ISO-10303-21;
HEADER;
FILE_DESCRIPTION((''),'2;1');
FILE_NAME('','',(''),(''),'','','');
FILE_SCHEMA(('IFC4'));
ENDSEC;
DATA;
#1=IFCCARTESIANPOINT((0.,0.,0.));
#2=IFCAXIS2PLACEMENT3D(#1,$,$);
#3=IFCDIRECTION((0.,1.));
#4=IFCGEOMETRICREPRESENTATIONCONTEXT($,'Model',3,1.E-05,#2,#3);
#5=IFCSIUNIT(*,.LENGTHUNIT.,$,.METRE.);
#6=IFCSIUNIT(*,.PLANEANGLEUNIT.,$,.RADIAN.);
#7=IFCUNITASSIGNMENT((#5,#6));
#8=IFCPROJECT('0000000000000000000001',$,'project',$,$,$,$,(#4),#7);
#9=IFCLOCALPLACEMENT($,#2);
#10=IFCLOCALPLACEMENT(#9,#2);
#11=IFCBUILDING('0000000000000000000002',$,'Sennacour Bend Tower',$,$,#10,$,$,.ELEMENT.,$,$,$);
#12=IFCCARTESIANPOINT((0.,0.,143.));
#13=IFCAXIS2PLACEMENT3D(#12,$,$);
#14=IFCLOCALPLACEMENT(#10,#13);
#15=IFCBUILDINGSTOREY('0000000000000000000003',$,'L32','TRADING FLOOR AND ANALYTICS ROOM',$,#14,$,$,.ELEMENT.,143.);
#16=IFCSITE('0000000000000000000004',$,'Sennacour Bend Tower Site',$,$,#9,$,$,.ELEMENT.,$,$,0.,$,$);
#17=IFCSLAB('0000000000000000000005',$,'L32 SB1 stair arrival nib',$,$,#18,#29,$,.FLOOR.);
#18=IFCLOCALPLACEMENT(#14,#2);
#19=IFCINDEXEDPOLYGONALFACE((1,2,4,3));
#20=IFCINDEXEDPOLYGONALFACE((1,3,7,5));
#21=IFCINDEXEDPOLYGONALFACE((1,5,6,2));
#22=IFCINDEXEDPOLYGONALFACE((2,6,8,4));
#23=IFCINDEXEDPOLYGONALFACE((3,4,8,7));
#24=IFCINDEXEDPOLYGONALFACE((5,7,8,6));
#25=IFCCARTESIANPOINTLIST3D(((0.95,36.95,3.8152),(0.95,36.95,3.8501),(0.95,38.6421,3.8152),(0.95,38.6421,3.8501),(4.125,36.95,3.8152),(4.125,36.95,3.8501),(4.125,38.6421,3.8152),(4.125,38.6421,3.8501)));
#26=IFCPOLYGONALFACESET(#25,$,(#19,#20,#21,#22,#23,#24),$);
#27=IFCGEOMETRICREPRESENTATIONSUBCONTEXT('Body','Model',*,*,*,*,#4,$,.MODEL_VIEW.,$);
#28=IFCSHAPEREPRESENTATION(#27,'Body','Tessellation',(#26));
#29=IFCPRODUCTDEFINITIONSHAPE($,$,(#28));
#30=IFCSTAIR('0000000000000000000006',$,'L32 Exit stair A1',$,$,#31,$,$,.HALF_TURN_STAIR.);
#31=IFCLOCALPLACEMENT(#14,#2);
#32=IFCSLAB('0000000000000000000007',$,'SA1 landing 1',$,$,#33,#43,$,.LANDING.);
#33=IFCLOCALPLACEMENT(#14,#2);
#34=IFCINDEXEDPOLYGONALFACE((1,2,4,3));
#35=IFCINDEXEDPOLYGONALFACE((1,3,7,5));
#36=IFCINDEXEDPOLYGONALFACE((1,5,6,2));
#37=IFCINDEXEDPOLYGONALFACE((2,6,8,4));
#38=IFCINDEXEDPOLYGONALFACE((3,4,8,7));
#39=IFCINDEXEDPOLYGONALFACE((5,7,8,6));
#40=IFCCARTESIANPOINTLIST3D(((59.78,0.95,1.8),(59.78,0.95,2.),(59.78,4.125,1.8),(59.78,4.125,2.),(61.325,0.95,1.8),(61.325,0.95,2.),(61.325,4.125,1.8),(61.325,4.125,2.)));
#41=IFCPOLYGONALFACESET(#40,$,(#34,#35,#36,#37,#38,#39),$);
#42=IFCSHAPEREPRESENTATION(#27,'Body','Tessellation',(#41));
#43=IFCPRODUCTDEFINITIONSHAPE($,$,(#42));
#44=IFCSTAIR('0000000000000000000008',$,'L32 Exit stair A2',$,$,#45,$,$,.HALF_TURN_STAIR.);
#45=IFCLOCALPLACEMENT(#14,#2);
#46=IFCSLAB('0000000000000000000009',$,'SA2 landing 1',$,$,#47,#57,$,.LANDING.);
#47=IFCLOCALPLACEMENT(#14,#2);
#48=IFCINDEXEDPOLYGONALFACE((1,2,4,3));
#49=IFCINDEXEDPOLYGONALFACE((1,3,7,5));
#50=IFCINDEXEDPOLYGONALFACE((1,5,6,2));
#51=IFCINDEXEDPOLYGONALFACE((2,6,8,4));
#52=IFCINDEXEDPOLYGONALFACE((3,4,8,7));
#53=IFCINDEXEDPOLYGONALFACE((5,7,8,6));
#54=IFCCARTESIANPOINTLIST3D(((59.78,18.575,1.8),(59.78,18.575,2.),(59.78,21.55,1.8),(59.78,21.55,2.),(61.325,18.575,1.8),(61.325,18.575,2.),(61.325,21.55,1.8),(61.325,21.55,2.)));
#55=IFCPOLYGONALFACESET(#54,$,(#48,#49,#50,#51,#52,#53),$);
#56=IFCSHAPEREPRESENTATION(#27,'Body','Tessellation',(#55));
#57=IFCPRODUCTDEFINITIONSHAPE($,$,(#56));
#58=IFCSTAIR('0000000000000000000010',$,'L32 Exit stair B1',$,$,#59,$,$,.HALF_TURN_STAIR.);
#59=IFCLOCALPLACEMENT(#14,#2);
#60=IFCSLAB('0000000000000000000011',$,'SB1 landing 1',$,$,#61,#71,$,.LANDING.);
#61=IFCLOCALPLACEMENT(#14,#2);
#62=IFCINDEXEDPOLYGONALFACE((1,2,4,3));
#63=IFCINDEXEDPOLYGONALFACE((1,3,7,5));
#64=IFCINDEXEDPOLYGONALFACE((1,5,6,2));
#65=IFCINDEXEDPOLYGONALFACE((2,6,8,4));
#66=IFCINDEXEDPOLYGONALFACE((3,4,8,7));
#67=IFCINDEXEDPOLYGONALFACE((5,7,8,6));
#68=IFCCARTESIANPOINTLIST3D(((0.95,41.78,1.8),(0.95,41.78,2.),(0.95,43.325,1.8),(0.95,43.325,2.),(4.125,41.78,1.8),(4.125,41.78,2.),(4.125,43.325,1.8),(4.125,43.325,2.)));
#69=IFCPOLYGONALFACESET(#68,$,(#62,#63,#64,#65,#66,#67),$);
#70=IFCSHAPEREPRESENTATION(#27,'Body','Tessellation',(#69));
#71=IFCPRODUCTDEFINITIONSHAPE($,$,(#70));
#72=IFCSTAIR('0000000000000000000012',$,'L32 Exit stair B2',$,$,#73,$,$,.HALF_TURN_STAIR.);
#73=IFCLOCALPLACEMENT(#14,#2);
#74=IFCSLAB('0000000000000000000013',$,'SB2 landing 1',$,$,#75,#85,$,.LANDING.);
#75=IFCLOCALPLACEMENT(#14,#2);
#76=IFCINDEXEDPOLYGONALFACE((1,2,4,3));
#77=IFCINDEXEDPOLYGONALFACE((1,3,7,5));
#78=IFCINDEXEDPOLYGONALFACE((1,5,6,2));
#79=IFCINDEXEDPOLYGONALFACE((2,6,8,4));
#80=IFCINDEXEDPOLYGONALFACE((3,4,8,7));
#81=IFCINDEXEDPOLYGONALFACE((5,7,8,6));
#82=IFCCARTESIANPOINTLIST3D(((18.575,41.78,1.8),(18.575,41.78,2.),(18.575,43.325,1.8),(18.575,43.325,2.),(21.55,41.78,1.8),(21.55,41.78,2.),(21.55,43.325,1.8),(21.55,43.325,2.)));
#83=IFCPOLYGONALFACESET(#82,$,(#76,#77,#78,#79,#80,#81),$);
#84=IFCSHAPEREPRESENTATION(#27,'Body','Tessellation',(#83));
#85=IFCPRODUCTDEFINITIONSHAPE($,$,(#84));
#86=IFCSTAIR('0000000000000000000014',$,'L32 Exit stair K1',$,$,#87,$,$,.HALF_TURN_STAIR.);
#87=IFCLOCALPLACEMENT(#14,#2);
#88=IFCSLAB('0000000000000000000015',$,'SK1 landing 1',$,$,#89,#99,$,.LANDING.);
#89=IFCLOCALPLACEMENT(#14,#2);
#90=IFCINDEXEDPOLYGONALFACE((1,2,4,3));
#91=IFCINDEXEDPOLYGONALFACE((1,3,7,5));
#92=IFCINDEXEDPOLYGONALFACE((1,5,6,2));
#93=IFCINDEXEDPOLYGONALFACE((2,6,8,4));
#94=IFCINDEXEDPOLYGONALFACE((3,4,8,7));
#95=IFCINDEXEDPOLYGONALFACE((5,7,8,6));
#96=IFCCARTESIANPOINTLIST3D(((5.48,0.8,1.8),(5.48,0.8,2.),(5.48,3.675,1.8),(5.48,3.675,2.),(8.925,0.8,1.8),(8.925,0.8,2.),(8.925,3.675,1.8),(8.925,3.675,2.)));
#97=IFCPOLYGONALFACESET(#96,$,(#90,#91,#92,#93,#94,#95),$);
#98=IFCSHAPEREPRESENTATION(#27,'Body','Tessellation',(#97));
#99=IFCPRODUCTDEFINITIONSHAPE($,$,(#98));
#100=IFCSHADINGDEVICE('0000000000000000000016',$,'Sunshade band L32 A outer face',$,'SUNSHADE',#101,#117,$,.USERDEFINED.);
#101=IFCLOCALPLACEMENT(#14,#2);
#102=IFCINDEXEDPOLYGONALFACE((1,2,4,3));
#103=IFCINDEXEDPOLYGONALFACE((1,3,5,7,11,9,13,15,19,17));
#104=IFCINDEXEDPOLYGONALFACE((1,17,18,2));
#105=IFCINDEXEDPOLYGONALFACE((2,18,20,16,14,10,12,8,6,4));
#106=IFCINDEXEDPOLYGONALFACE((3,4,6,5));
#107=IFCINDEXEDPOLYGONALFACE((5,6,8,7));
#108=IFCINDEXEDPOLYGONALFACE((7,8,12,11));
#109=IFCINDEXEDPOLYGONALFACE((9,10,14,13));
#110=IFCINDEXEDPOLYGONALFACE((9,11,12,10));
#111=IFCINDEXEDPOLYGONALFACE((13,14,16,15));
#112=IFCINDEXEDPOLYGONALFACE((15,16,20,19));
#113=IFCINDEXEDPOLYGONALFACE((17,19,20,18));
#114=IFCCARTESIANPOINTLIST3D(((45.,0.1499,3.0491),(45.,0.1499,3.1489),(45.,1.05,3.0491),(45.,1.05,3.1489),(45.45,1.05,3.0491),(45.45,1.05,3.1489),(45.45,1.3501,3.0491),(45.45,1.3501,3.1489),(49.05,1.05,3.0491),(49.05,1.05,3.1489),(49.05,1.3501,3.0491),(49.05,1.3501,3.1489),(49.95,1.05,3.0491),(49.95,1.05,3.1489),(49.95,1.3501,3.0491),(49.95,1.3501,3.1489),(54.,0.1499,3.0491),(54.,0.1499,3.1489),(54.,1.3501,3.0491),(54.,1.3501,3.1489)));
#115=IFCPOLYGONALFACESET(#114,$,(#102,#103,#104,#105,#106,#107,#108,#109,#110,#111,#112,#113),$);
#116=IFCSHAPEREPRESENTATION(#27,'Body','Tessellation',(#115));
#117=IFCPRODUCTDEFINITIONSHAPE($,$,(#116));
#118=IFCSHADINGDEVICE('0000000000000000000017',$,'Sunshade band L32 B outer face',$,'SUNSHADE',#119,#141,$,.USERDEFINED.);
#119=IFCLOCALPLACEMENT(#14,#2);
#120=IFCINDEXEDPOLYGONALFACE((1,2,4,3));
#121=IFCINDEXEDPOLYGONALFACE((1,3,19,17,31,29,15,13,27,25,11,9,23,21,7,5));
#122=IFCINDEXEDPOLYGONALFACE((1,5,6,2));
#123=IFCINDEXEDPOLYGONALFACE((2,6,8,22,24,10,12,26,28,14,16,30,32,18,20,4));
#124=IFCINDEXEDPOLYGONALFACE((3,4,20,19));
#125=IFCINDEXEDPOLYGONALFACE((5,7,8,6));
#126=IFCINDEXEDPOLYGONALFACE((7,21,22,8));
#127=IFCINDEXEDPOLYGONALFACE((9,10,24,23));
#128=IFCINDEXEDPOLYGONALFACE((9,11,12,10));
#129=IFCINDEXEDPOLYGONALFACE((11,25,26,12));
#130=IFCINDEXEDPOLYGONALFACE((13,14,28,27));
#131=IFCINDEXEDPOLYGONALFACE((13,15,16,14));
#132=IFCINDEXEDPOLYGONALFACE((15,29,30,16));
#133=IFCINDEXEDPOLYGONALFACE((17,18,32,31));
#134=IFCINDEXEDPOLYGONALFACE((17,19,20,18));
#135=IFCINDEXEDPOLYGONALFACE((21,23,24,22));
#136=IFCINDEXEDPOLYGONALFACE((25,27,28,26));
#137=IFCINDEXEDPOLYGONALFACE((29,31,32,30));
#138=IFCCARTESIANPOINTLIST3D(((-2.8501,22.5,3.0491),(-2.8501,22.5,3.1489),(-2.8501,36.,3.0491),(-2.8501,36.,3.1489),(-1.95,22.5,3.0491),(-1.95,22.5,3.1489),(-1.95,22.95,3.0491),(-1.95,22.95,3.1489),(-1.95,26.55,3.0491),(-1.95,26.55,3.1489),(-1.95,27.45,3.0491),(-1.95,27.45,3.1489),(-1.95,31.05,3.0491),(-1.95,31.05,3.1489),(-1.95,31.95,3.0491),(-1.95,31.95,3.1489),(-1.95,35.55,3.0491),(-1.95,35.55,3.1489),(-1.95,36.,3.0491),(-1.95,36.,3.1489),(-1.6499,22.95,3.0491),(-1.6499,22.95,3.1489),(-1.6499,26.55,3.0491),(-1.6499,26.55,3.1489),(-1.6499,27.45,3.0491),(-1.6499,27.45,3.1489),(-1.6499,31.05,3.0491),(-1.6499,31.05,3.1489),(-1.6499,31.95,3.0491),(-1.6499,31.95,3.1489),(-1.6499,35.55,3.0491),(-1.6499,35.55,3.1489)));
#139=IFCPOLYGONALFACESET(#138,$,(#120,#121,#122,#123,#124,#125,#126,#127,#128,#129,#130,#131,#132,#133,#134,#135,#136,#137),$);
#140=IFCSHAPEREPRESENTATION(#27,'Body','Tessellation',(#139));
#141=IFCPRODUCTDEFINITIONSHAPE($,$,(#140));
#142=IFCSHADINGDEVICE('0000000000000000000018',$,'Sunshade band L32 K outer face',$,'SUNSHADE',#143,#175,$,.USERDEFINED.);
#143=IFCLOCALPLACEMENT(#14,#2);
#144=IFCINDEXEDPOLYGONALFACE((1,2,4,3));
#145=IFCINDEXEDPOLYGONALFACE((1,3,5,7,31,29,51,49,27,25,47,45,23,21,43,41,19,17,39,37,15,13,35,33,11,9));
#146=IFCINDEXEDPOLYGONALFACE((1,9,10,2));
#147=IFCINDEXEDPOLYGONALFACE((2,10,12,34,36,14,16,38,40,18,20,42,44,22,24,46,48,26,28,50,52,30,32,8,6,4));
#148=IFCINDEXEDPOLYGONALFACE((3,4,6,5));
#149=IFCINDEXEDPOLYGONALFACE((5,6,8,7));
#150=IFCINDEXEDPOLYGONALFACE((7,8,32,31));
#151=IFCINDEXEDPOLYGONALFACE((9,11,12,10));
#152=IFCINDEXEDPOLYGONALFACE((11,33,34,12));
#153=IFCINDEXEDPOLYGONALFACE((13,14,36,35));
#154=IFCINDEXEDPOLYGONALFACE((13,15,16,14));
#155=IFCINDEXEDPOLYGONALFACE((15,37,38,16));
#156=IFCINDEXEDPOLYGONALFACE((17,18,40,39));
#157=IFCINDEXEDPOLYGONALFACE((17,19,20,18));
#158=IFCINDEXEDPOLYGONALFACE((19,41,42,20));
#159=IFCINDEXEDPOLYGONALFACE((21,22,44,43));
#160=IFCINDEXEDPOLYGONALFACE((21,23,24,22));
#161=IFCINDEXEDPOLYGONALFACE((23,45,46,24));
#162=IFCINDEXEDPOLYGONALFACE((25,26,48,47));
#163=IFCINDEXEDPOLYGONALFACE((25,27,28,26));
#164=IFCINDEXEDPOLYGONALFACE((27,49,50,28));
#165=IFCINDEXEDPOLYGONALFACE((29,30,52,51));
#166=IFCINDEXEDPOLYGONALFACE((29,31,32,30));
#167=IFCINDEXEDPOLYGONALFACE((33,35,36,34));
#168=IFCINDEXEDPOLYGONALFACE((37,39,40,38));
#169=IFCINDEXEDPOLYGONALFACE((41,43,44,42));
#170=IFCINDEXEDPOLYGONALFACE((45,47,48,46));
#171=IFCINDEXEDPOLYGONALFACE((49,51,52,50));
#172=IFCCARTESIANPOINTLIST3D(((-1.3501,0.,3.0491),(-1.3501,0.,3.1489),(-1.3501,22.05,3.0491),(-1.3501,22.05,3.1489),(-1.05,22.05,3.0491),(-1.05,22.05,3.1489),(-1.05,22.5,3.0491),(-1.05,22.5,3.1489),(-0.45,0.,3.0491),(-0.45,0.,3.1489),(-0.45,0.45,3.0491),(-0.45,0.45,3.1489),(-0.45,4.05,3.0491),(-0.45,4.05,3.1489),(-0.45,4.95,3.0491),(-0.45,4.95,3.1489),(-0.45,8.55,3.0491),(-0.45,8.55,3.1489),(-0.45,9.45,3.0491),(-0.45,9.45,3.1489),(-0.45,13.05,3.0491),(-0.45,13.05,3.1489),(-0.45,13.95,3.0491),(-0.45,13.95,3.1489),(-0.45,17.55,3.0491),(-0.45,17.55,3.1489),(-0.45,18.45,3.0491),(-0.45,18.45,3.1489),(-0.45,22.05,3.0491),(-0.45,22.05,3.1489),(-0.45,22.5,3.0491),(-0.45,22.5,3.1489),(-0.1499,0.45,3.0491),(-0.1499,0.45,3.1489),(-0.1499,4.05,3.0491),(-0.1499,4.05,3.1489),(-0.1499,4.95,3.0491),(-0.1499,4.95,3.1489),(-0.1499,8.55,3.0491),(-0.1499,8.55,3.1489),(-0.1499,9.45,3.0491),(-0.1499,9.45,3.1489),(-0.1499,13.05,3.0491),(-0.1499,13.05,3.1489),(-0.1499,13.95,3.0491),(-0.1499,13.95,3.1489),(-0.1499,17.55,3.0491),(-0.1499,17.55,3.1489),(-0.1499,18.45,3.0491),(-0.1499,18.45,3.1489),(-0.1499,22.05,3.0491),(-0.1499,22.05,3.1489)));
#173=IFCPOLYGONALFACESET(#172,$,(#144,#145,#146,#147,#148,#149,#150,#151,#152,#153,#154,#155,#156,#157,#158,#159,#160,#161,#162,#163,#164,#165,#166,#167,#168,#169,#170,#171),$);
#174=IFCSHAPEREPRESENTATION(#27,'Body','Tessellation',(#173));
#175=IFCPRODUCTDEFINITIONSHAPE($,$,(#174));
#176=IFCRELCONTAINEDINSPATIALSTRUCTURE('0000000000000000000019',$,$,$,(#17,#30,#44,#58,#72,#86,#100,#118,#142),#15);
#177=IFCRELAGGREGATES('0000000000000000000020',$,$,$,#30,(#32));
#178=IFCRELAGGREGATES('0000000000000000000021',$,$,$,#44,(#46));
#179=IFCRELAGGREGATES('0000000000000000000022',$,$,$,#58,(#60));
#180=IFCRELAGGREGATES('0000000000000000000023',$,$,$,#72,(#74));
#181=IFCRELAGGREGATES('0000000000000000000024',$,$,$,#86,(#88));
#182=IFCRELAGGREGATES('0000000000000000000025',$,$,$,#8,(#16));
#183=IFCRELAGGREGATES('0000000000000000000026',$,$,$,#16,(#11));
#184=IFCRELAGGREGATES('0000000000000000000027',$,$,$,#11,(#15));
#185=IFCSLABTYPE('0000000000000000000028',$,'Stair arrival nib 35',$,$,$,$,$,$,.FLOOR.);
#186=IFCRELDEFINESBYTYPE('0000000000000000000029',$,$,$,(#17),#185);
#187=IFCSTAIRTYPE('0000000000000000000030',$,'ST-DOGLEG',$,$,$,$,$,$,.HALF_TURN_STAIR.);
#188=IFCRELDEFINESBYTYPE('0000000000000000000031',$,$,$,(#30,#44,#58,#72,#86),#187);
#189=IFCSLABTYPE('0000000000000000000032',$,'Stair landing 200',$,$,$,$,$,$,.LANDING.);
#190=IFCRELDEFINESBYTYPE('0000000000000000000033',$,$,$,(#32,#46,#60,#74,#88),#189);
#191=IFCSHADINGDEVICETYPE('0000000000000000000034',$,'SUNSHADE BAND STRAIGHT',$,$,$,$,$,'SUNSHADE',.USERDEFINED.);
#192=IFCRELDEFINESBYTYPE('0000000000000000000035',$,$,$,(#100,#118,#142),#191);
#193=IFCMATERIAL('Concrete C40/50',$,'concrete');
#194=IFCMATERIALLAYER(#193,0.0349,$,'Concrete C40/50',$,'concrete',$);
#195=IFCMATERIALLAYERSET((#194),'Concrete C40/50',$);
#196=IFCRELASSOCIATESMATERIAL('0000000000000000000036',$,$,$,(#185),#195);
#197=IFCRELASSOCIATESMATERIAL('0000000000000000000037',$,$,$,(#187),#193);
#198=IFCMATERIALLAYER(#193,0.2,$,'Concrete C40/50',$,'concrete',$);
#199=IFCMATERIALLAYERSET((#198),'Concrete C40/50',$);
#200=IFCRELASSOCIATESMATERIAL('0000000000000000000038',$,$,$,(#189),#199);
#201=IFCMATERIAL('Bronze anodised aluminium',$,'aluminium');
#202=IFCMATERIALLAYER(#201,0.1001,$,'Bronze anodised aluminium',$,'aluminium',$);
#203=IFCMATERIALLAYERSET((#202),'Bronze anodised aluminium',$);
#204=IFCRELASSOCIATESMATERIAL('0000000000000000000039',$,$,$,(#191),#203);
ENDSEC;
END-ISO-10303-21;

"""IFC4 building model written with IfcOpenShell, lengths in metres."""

from ifc_helpers import new_model, si_unit, direction, frame, origin, place, context, subcontext, project, spatial, polyline, outline, extrude, material, layer, layer_set, type_object, element, aggregate, save


model = new_model("IFC4")

# Units and contexts
model_context = context("Model", 3, precision=1e-05, world=origin(), true_north=direction((0.0, 1.0)))
body_context = subcontext(model_context, "Body", "Model", "MODEL_VIEW")
ifc_project = project(units=[si_unit("LENGTHUNIT", "METRE"), si_unit("PLANEANGLEUNIT", "RADIAN")], contexts=[model_context])

# Site, building, storey
site_placement = place(None, origin())
site = spatial("IfcSite", under=ifc_project, at=site_placement, Name="Sennacour Bend Tower Site", CompositionType="ELEMENT", RefElevation=0.0)
building_placement = place(site_placement, origin())
building = spatial("IfcBuilding", under=site, at=building_placement, Name="Sennacour Bend Tower", CompositionType="ELEMENT")
storey_placement = place(building_placement, frame((0.0, 0.0, 143.0)))
storey = spatial("IfcBuildingStorey", under=building, at=storey_placement, Name="L32", Description="TRADING FLOOR AND ANALYTICS ROOM", CompositionType="ELEMENT", Elevation=143.0)

# Slab
ifc_material_1 = material(Name="Concrete C40/50", Category="concrete")
ifc_layer_1 = layer(ifc_material_1, 0.0349, Name="Concrete C40/50", Category="concrete")
ifc_layer_set_1 = layer_set([ifc_layer_1], Name="Concrete C40/50")
slab_type_1 = type_object("IfcSlabType", Name="Stair arrival nib 35", PredefinedType="FLOOR", material=ifc_layer_set_1)
slab_1_placement = place(storey_placement, frame((0.0, 0.0, 3.8152)))
element("IfcSlab", 1, at=slab_1_placement, inside=storey, type_object=slab_type_1, Name="L32 SB1 stair arrival nib", PredefinedType="FLOOR", context=body_context, shape_type="SweptSolid", body=[
    extrude(outline(polyline([(0.95, 38.6421), (0.95, 36.95), (4.125, 36.95), (4.125, 38.6421), (0.95, 38.6421)])), origin(), (0.0, 0.0, 1.0), 0.0349),
])

# Stairs, slabs
stair_type = type_object("IfcStairType", Name="ST-DOGLEG", PredefinedType="HALF_TURN_STAIR", material=ifc_material_1)
stair_1_placement = place(storey_placement, origin())
stair_1 = element("IfcStair", 2, at=stair_1_placement, inside=storey, type_object=stair_type, Name="L32 Exit stair A1", PredefinedType="HALF_TURN_STAIR")
ifc_layer_2 = layer(ifc_material_1, 0.2, Name="Concrete C40/50", Category="concrete")
ifc_layer_set_2 = layer_set([ifc_layer_2], Name="Concrete C40/50")
slab_type_2 = type_object("IfcSlabType", Name="Stair landing 200", PredefinedType="LANDING", material=ifc_layer_set_2)
slab_2_placement = place(storey_placement, frame((0.0, 0.0, 1.8)))
slab_2 = element("IfcSlab", 3, at=slab_2_placement, type_object=slab_type_2, Name="SA1 landing 1", PredefinedType="LANDING", context=body_context, shape_type="SweptSolid", body=[
    extrude(outline(polyline([(59.78, 0.95), (61.325, 0.95), (61.325, 4.125), (59.78, 4.125), (59.78, 0.95)])), origin(), (0.0, 0.0, 1.0), 0.2),
])
aggregate(stair_1, [slab_2])
stair_2_placement = place(storey_placement, origin())
stair_2 = element("IfcStair", 4, at=stair_2_placement, inside=storey, type_object=stair_type, Name="L32 Exit stair A2", PredefinedType="HALF_TURN_STAIR")
slab_3_placement = place(storey_placement, frame((0.0, 0.0, 1.8)))
slab_3 = element("IfcSlab", 5, at=slab_3_placement, type_object=slab_type_2, Name="SA2 landing 1", PredefinedType="LANDING", context=body_context, shape_type="SweptSolid", body=[
    extrude(outline(polyline([(59.78, 18.575), (61.325, 18.575), (61.325, 21.55), (59.78, 21.55), (59.78, 18.575)])), origin(), (0.0, 0.0, 1.0), 0.2),
])
aggregate(stair_2, [slab_3])
stair_3_placement = place(storey_placement, origin())
stair_3 = element("IfcStair", 6, at=stair_3_placement, inside=storey, type_object=stair_type, Name="L32 Exit stair B1", PredefinedType="HALF_TURN_STAIR")
slab_4_placement = place(storey_placement, frame((0.0, 0.0, 1.8)))
slab_4 = element("IfcSlab", 7, at=slab_4_placement, type_object=slab_type_2, Name="SB1 landing 1", PredefinedType="LANDING", context=body_context, shape_type="SweptSolid", body=[
    extrude(outline(polyline([(0.95, 41.78), (4.125, 41.78), (4.125, 43.325), (0.95, 43.325), (0.95, 41.78)])), origin(), (0.0, 0.0, 1.0), 0.2),
])
aggregate(stair_3, [slab_4])
stair_4_placement = place(storey_placement, origin())
stair_4 = element("IfcStair", 8, at=stair_4_placement, inside=storey, type_object=stair_type, Name="L32 Exit stair B2", PredefinedType="HALF_TURN_STAIR")
slab_5_placement = place(storey_placement, frame((0.0, 0.0, 1.8)))
slab_5 = element("IfcSlab", 9, at=slab_5_placement, type_object=slab_type_2, Name="SB2 landing 1", PredefinedType="LANDING", context=body_context, shape_type="SweptSolid", body=[
    extrude(outline(polyline([(18.575, 41.78), (21.55, 41.78), (21.55, 43.325), (18.575, 43.325), (18.575, 41.78)])), origin(), (0.0, 0.0, 1.0), 0.2),
])
aggregate(stair_4, [slab_5])
stair_5_placement = place(storey_placement, origin())
stair_5 = element("IfcStair", 10, at=stair_5_placement, inside=storey, type_object=stair_type, Name="L32 Exit stair K1", PredefinedType="HALF_TURN_STAIR")
slab_6_placement = place(storey_placement, frame((0.0, 0.0, 1.8)))
slab_6 = element("IfcSlab", 11, at=slab_6_placement, type_object=slab_type_2, Name="SK1 landing 1", PredefinedType="LANDING", context=body_context, shape_type="SweptSolid", body=[
    extrude(outline(polyline([(5.48, 0.8), (8.925, 0.8), (8.925, 3.675), (5.48, 3.675), (5.48, 0.8)])), origin(), (0.0, 0.0, 1.0), 0.2),
])
aggregate(stair_5, [slab_6])

# Shading devices
ifc_material_2 = material(Name="Bronze anodised aluminium", Category="aluminium")
ifc_layer_3 = layer(ifc_material_2, 0.1001, Name="Bronze anodised aluminium", Category="aluminium")
ifc_layer_set_3 = layer_set([ifc_layer_3], Name="Bronze anodised aluminium")
shading_device_type_1 = type_object("IfcShadingDeviceType", Name="SUNSHADE BAND STRAIGHT", ElementType="SUNSHADE", PredefinedType="USERDEFINED", material=ifc_layer_set_3)
shading_device_1_placement = place(storey_placement, frame((0.0, 0.0, 3.0491)))
element("IfcShadingDevice", 12, at=shading_device_1_placement, inside=storey, type_object=shading_device_type_1, Name="Sunshade band L32 A outer face", ObjectType="SUNSHADE", PredefinedType="USERDEFINED", context=body_context, shape_type="SweptSolid", body=[
    extrude(outline(polyline([(49.05, 1.3501), (49.05, 1.05), (49.95, 1.05), (49.95, 1.3501), (54.0, 1.3501), (54.0, 0.1499), (45.0, 0.1499), (45.0, 1.05), (45.45, 1.05), (45.45, 1.3501), (49.05, 1.3501)])), origin(), (0.0, 0.0, 1.0), 0.0999),
])
shading_device_2_placement = place(storey_placement, frame((0.0, 0.0, 3.0491)))
element("IfcShadingDevice", 13, at=shading_device_2_placement, inside=storey, type_object=shading_device_type_1, Name="Sunshade band L32 B outer face", ObjectType="SUNSHADE", PredefinedType="USERDEFINED", context=body_context, shape_type="SweptSolid", body=[
    extrude(outline(polyline([(-1.6499, 31.95), (-1.95, 31.95), (-1.95, 31.05), (-1.6499, 31.05), (-1.6499, 27.45), (-1.95, 27.45), (-1.95, 26.55), (-1.6499, 26.55), (-1.6499, 22.95), (-1.95, 22.95), (-1.95, 22.5), (-2.8501, 22.5), (-2.8501, 36.0), (-1.95, 36.0), (-1.95, 35.55), (-1.6499, 35.55), (-1.6499, 31.95)])), origin(), (0.0, 0.0, 1.0), 0.0999),
])
shading_device_3_placement = place(storey_placement, frame((0.0, 0.0, 3.0491)))
element("IfcShadingDevice", 14, at=shading_device_3_placement, inside=storey, type_object=shading_device_type_1, Name="Sunshade band L32 K outer face", ObjectType="SUNSHADE", PredefinedType="USERDEFINED", context=body_context, shape_type="SweptSolid", body=[
    extrude(outline(polyline([(-0.1499, 18.45), (-0.45, 18.45), (-0.45, 17.55), (-0.1499, 17.55), (-0.1499, 13.95), (-0.45, 13.95), (-0.45, 13.05), (-0.1499, 13.05), (-0.1499, 9.45), (-0.45, 9.45), (-0.45, 8.55), (-0.1499, 8.55), (-0.1499, 4.95), (-0.45, 4.95), (-0.45, 4.05), (-0.1499, 4.05), (-0.1499, 0.45), (-0.45, 0.45), (-0.45, 0.0), (-1.3501, 0.0), (-1.3501, 22.05), (-1.05, 22.05), (-1.05, 22.5), (-0.45, 22.5), (-0.45, 22.05), (-0.1499, 22.05), (-0.1499, 18.45)])), origin(), (0.0, 0.0, 1.0), 0.0999),
])

save(model, "model.ifc")
